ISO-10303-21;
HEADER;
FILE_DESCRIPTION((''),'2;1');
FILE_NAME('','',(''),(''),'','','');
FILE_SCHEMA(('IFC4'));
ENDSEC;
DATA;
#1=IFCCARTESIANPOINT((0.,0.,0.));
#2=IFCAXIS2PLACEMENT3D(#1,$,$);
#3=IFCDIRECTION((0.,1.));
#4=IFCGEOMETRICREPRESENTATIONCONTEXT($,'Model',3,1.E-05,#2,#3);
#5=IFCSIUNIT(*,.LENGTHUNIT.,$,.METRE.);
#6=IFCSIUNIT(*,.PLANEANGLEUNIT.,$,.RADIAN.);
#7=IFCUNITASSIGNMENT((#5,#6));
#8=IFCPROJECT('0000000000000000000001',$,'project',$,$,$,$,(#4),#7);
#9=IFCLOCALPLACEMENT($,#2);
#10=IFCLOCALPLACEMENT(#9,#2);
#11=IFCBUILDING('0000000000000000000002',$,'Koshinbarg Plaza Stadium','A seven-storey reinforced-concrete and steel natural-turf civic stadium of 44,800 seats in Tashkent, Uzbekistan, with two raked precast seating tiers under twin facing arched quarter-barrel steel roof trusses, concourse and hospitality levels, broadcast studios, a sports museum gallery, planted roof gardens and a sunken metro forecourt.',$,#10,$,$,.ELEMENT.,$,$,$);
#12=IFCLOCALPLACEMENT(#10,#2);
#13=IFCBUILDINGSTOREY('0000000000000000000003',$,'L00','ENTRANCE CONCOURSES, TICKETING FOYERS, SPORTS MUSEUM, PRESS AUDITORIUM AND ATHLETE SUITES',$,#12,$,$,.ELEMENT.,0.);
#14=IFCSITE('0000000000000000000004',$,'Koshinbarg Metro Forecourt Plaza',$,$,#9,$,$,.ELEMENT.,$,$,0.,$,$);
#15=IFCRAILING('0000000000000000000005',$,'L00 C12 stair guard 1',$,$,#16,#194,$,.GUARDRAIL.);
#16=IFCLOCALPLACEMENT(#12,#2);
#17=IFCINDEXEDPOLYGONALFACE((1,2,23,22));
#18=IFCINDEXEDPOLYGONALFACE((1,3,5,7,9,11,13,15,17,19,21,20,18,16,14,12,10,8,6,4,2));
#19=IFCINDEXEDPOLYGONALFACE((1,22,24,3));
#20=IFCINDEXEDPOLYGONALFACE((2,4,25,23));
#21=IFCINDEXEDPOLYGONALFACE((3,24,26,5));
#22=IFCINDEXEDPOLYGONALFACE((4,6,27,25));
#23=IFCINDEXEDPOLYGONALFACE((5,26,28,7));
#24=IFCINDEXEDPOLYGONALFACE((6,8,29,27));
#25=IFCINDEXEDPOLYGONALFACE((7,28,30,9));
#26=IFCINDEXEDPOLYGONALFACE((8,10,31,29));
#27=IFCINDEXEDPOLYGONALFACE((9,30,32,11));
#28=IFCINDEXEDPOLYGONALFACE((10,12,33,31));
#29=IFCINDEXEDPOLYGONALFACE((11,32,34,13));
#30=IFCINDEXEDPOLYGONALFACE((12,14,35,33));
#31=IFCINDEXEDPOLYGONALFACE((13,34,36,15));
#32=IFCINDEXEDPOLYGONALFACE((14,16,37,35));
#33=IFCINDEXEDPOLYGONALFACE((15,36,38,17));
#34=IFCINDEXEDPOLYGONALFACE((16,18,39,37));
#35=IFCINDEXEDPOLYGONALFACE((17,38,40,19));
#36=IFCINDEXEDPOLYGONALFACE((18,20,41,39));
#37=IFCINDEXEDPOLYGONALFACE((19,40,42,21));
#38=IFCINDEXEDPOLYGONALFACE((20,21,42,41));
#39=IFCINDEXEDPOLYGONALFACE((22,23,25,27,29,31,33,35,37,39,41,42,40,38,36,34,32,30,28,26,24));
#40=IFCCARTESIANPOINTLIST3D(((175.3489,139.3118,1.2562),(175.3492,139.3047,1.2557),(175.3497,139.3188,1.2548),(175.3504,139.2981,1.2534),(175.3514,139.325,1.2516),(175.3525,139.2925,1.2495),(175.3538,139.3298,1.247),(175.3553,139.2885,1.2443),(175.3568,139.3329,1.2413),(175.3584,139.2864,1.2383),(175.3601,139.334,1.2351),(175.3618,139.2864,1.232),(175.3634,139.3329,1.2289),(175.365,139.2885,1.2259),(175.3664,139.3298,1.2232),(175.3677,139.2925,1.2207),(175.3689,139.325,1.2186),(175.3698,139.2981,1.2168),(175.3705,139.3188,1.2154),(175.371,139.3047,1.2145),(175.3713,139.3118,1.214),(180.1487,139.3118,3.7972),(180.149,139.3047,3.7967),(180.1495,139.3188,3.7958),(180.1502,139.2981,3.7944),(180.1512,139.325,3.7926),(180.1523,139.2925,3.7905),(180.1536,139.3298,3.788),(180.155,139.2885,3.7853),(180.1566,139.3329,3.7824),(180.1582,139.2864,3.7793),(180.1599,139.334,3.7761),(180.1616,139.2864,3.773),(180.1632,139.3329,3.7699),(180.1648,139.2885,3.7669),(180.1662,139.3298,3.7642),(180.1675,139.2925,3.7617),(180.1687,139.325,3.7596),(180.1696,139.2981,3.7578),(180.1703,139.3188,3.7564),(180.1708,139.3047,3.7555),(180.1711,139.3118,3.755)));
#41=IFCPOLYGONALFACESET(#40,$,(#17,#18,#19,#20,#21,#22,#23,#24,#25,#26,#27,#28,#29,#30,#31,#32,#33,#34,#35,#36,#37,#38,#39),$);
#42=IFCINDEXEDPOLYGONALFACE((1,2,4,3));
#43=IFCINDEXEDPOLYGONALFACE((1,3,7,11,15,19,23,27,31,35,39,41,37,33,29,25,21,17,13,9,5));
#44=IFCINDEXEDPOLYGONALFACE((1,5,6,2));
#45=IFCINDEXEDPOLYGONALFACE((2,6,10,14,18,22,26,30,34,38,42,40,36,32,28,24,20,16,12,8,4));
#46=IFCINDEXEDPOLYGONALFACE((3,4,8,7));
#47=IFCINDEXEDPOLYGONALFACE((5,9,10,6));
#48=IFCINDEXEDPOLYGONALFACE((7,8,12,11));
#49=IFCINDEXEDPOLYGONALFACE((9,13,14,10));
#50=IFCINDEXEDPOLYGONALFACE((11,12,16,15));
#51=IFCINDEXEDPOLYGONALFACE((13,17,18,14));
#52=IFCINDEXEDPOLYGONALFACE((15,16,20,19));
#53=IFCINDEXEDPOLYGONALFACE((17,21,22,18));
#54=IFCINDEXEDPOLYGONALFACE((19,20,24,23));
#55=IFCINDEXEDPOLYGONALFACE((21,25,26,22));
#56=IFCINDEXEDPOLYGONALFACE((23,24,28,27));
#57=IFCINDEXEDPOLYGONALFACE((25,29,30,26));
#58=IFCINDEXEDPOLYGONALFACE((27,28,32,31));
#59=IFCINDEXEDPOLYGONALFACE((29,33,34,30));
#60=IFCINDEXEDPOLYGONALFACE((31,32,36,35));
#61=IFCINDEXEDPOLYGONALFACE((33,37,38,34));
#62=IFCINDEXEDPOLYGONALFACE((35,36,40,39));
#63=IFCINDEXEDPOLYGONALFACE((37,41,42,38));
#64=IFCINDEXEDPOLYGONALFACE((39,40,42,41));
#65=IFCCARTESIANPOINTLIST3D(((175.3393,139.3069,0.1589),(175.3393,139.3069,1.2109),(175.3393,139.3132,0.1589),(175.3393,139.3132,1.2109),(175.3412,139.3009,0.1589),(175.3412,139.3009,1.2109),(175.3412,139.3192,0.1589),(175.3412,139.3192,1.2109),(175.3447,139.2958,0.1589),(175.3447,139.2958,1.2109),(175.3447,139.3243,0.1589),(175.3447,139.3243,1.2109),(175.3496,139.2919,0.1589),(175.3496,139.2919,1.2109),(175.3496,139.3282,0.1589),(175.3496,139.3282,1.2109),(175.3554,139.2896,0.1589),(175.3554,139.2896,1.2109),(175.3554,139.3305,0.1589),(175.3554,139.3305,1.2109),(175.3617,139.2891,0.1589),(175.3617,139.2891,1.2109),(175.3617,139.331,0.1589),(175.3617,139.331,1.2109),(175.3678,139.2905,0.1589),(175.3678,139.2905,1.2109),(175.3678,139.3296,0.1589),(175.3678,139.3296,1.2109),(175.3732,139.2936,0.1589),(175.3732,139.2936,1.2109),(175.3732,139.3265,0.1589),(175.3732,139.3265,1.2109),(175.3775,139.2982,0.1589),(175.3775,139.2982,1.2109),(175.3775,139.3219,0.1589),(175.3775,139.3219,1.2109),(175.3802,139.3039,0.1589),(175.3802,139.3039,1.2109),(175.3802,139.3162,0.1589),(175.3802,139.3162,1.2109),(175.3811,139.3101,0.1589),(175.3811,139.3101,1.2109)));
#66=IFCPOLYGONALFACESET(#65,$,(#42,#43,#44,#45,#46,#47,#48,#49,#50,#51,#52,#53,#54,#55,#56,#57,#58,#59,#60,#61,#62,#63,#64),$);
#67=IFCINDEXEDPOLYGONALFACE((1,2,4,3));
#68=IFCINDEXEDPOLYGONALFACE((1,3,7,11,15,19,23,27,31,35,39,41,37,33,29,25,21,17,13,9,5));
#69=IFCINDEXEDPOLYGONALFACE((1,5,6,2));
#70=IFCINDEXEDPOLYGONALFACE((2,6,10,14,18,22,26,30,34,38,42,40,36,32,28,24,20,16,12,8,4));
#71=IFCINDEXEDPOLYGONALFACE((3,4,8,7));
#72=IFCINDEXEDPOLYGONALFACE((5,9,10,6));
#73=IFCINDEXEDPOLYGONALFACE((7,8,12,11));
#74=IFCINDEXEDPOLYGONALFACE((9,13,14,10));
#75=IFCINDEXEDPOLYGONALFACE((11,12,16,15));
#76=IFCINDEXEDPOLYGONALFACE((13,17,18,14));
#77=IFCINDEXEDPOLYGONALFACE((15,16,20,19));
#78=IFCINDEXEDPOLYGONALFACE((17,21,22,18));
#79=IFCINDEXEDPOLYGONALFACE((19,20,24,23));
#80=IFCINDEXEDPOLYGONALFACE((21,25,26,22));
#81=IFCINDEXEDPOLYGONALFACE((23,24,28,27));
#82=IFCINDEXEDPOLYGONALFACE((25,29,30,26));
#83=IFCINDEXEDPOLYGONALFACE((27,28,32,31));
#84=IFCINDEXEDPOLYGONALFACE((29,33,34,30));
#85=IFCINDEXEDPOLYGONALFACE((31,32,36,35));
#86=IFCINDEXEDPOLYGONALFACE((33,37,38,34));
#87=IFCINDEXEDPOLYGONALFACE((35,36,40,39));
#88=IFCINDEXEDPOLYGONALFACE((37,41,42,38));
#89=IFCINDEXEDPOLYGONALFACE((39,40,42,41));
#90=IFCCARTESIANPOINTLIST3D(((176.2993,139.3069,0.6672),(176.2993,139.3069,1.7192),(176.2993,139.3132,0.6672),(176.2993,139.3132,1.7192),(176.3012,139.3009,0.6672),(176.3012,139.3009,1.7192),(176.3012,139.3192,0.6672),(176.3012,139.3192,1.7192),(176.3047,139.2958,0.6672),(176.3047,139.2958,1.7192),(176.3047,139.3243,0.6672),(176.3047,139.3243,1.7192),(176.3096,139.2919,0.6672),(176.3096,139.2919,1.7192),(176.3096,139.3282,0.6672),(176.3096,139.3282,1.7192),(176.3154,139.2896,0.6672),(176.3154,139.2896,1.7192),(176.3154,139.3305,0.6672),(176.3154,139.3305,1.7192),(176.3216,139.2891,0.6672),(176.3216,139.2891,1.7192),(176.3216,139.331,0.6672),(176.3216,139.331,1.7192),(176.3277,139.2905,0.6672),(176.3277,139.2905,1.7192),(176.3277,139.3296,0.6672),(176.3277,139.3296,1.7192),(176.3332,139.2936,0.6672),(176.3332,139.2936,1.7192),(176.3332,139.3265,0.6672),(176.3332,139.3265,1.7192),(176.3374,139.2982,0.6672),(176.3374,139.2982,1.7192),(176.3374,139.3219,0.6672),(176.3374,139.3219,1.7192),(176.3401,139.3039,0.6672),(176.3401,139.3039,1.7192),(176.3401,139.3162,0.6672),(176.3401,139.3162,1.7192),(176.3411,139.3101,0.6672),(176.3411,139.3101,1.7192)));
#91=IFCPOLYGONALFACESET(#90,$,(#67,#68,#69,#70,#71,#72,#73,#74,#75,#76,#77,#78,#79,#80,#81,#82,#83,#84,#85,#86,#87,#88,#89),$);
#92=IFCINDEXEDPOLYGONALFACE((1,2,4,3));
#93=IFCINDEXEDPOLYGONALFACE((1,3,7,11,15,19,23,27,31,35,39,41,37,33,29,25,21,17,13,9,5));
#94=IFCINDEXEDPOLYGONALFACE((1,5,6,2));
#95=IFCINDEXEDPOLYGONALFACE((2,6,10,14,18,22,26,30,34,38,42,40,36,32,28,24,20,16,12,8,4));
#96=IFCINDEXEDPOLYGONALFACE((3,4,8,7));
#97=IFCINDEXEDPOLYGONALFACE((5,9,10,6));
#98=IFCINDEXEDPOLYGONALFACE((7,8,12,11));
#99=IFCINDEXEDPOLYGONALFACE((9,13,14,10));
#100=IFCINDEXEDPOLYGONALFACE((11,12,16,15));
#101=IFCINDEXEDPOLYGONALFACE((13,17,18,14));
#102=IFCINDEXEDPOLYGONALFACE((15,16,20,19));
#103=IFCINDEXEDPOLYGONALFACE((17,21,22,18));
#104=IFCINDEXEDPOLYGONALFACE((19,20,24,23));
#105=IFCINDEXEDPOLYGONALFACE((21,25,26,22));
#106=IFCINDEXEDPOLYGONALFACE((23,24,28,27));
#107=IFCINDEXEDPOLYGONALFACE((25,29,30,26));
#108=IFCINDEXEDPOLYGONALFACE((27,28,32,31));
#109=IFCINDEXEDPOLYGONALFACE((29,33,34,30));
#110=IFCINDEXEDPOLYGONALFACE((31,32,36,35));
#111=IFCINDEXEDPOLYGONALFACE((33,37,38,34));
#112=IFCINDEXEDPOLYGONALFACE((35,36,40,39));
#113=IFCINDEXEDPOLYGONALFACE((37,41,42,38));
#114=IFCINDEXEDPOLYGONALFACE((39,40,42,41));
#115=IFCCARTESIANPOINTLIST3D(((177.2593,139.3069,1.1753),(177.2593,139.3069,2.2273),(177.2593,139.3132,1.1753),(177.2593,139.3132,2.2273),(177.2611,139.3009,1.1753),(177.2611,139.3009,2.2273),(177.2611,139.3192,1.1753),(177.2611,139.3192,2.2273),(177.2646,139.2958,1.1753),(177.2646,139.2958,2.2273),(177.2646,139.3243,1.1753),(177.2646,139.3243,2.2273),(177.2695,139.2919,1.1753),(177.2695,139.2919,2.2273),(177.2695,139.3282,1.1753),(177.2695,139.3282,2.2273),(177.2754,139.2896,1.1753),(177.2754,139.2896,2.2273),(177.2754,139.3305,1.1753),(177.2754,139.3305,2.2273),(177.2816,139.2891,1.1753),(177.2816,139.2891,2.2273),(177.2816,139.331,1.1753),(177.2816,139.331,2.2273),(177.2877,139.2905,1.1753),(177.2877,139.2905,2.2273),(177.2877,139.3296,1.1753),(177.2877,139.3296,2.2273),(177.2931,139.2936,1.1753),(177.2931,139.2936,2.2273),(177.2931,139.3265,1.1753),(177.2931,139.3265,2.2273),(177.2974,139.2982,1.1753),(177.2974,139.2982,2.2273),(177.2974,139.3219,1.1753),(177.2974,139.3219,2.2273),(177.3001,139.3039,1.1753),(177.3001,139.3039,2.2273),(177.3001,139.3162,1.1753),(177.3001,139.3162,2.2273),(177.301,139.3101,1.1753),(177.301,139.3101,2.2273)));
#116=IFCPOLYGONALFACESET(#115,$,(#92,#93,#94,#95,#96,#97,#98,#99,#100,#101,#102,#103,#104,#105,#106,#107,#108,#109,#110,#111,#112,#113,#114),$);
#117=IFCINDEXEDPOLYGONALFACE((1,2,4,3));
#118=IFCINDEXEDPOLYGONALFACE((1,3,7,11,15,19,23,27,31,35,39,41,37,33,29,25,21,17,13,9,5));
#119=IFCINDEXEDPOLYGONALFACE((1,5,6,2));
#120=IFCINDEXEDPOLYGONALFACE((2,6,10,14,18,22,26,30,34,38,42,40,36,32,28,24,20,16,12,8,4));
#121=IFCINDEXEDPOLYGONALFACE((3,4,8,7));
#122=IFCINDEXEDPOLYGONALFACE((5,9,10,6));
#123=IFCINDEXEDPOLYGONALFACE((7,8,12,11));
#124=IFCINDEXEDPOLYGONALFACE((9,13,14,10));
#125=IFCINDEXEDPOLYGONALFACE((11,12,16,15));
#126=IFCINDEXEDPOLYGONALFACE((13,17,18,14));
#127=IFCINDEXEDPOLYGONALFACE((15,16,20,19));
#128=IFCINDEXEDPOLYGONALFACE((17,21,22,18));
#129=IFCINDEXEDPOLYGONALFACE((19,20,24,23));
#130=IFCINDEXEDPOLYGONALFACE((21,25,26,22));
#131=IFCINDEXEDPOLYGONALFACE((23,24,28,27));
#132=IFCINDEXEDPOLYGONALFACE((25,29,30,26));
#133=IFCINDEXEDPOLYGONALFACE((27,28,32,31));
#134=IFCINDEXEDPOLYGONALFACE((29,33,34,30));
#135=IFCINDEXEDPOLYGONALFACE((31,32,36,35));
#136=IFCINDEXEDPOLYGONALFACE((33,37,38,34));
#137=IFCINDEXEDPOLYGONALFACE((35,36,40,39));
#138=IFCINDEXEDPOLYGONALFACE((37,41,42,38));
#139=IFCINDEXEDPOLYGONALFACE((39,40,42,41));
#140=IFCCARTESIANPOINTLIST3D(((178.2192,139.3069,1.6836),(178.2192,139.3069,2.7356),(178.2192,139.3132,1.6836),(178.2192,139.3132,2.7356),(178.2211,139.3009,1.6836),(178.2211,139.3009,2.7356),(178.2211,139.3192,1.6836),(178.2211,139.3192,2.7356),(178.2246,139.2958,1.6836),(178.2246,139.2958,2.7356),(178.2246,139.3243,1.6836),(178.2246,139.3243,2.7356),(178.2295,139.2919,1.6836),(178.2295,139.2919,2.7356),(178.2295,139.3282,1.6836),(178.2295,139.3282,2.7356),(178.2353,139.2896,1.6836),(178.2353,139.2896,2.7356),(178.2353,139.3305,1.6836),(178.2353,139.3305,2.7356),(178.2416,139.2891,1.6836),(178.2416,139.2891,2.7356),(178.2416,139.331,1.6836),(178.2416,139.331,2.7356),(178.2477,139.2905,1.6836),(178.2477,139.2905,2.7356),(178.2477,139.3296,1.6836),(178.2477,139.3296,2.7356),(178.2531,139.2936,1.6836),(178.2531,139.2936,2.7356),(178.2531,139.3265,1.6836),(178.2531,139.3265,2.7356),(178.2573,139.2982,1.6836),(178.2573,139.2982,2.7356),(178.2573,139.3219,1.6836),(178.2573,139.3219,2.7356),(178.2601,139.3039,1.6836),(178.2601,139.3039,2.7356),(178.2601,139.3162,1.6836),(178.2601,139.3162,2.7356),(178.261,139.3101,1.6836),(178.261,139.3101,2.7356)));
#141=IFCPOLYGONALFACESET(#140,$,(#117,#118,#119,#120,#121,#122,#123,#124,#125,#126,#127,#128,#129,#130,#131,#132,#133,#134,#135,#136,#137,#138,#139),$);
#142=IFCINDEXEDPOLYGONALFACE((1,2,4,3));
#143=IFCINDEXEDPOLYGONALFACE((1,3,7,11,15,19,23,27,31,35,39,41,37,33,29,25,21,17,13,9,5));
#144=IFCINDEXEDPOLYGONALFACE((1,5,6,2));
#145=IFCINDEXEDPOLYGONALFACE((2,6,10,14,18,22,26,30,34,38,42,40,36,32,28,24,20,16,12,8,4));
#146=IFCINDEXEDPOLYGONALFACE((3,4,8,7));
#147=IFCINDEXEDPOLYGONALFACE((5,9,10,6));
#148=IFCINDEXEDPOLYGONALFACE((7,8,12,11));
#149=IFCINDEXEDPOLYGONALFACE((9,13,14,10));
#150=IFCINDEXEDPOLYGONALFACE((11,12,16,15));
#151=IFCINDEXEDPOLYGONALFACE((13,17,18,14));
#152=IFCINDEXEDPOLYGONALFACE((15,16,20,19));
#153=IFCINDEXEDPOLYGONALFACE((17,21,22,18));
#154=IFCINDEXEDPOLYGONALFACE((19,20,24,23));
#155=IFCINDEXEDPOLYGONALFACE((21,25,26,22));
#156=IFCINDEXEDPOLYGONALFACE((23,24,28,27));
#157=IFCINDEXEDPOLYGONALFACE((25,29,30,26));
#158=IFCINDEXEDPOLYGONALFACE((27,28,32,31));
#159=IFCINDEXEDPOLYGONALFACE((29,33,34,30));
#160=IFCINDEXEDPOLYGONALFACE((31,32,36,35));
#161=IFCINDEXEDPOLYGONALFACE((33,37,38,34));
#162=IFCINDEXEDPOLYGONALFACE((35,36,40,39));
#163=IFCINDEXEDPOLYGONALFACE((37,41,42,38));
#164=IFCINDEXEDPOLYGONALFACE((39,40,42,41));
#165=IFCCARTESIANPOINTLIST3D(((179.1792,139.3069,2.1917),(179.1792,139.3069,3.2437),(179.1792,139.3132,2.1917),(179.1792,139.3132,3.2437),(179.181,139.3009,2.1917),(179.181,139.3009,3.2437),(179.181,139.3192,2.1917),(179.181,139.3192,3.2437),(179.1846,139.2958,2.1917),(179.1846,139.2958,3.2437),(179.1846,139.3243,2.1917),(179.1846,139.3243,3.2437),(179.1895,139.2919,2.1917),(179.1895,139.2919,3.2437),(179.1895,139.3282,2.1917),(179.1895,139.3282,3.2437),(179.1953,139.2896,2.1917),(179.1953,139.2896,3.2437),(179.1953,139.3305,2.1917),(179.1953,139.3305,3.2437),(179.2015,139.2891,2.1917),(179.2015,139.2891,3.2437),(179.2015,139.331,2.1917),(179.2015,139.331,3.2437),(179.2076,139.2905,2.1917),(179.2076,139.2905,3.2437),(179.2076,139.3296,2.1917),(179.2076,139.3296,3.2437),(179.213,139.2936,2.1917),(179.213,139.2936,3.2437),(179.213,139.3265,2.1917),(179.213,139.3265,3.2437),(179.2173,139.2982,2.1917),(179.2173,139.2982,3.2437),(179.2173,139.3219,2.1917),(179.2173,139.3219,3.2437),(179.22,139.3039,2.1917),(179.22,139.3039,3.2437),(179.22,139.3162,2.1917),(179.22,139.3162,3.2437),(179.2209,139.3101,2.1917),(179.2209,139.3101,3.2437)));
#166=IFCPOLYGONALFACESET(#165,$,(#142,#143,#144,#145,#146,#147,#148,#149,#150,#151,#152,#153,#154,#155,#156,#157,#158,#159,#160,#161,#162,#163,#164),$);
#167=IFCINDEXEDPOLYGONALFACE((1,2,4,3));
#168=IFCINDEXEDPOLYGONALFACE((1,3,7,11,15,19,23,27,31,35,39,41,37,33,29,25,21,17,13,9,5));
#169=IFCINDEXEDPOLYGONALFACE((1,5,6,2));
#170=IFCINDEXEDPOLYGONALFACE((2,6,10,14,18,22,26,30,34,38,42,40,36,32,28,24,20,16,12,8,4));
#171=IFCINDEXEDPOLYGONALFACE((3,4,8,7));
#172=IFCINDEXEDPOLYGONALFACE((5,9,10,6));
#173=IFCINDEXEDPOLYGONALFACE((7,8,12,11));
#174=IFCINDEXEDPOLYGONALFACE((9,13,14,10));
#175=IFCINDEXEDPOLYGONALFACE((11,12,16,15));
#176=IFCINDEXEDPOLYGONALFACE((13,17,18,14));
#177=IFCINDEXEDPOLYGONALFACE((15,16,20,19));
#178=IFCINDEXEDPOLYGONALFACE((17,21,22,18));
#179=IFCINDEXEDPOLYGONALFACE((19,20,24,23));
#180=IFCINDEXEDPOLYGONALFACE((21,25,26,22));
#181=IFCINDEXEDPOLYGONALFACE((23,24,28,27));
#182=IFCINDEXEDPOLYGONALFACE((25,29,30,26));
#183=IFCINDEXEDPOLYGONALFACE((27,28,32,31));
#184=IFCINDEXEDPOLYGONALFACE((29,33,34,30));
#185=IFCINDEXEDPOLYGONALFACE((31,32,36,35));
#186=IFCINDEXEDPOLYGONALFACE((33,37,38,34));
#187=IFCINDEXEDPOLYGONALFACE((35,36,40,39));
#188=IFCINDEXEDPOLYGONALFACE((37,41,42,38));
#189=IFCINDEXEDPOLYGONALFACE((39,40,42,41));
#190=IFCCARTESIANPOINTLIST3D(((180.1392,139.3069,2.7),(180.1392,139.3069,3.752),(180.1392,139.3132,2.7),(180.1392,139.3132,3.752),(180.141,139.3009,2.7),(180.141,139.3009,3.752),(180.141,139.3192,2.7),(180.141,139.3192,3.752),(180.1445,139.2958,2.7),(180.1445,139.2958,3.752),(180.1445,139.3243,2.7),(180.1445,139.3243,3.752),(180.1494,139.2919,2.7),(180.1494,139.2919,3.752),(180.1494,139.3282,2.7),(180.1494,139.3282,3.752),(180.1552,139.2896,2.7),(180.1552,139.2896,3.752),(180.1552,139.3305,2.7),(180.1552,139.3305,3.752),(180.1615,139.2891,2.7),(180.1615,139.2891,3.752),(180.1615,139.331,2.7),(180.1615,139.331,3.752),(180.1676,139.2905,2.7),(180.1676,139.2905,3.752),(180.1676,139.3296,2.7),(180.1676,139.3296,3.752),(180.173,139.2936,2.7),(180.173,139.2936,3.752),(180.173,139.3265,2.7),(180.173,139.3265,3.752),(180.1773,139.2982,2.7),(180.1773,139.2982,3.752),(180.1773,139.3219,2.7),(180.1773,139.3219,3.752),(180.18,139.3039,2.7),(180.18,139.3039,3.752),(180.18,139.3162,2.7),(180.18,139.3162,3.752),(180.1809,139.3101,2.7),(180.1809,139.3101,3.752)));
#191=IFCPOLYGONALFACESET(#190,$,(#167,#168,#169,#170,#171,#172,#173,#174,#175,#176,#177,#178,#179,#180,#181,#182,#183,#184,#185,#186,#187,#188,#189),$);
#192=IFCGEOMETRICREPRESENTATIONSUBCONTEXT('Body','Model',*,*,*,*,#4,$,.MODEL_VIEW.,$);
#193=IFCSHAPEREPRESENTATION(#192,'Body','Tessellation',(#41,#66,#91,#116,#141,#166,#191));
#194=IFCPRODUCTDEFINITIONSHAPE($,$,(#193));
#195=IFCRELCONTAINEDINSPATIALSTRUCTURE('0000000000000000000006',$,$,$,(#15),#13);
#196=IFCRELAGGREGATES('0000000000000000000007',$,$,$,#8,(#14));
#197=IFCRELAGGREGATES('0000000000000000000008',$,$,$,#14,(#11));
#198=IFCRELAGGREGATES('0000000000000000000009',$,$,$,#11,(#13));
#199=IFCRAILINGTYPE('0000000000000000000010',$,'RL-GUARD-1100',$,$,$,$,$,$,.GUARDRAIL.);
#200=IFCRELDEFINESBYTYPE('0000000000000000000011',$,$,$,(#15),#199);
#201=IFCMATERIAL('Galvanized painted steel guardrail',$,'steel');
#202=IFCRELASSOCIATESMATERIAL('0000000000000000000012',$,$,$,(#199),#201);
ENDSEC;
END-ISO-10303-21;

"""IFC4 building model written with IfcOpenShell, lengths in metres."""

from ifc_helpers import new_model, si_unit, direction, frame, origin, origin_2d, place, context, subcontext, project, spatial, circle, extrude, material, type_object, element, save


model = new_model("IFC4")

# Units and contexts
model_context = context("Model", 3, precision=1e-05, world=origin(), true_north=direction((0.0, 1.0)))
body_context = subcontext(model_context, "Body", "Model", "MODEL_VIEW")
ifc_project = project(units=[si_unit("LENGTHUNIT", "METRE"), si_unit("PLANEANGLEUNIT", "RADIAN")], contexts=[model_context])

# Site, building, storey
site_placement = place(None, origin())
site = spatial("IfcSite", under=ifc_project, at=site_placement, Name="Koshinbarg Metro Forecourt Plaza", CompositionType="ELEMENT", RefElevation=0.0)
building_placement = place(site_placement, origin())
building = spatial("IfcBuilding", under=site, at=building_placement, Name="Koshinbarg Plaza Stadium", Description="A seven-storey reinforced-concrete and steel natural-turf civic stadium of 44,800 seats in Tashkent, Uzbekistan, with two raked precast seating tiers under twin facing arched quarter-barrel steel roof trusses, concourse and hospitality levels, broadcast studios, a sports museum gallery, planted roof gardens and a sunken metro forecourt.", CompositionType="ELEMENT")
storey_placement = place(building_placement, origin())
storey = spatial("IfcBuildingStorey", under=building, at=storey_placement, Name="L00", Description="ENTRANCE CONCOURSES, TICKETING FOYERS, SPORTS MUSEUM, PRESS AUDITORIUM AND ATHLETE SUITES", CompositionType="ELEMENT", Elevation=0.0)

# Railing
ifc_material_1 = material(Name="Galvanized painted steel guardrail", Category="steel")
railing_type_1 = type_object("IfcRailingType", Name="RL-GUARD-1100", PredefinedType="GUARDRAIL", material=ifc_material_1)
railing_1_placement = place(storey_placement, frame((175.3601, 139.3101, 0.1589)))
element("IfcRailing", 1, at=railing_1_placement, inside=storey, type_object=railing_type_1, Name="L00 C12 stair guard 1", PredefinedType="GUARDRAIL", context=body_context, shape_type="SweptSolid", body=[
    extrude(circle(Radius=0.0239, at=origin_2d()), frame((0.0, 0.0, 1.0762), z_axis=(0.883792, 0.0, 0.467879), x_axis=(0.0, 1.0, 0.0)), (0.0, 0.0, 1.0), 5.4309),
    extrude(circle(Radius=0.021, at=origin_2d()), origin(), (0.0, 0.0, 1.0), 1.052),
    extrude(circle(Radius=0.021, at=origin_2d()), frame((0.96, 0.0, 0.5083)), (0.0, 0.0, 1.0), 1.052),
    extrude(circle(Radius=0.021, at=origin_2d()), frame((1.9199, 0.0, 1.0164)), (0.0, 0.0, 1.0), 1.052),
    extrude(circle(Radius=0.021, at=origin_2d()), frame((2.8799, 0.0, 1.5247)), (0.0, 0.0, 1.0), 1.052),
    extrude(circle(Radius=0.021, at=origin_2d()), frame((3.8398, 0.0, 2.0327)), (0.0, 0.0, 1.0), 1.052),
    extrude(circle(Radius=0.021, at=origin_2d()), frame((4.7998, 0.0, 2.541)), (0.0, 0.0, 1.0), 1.052),
])

save(model, "model.ifc")
